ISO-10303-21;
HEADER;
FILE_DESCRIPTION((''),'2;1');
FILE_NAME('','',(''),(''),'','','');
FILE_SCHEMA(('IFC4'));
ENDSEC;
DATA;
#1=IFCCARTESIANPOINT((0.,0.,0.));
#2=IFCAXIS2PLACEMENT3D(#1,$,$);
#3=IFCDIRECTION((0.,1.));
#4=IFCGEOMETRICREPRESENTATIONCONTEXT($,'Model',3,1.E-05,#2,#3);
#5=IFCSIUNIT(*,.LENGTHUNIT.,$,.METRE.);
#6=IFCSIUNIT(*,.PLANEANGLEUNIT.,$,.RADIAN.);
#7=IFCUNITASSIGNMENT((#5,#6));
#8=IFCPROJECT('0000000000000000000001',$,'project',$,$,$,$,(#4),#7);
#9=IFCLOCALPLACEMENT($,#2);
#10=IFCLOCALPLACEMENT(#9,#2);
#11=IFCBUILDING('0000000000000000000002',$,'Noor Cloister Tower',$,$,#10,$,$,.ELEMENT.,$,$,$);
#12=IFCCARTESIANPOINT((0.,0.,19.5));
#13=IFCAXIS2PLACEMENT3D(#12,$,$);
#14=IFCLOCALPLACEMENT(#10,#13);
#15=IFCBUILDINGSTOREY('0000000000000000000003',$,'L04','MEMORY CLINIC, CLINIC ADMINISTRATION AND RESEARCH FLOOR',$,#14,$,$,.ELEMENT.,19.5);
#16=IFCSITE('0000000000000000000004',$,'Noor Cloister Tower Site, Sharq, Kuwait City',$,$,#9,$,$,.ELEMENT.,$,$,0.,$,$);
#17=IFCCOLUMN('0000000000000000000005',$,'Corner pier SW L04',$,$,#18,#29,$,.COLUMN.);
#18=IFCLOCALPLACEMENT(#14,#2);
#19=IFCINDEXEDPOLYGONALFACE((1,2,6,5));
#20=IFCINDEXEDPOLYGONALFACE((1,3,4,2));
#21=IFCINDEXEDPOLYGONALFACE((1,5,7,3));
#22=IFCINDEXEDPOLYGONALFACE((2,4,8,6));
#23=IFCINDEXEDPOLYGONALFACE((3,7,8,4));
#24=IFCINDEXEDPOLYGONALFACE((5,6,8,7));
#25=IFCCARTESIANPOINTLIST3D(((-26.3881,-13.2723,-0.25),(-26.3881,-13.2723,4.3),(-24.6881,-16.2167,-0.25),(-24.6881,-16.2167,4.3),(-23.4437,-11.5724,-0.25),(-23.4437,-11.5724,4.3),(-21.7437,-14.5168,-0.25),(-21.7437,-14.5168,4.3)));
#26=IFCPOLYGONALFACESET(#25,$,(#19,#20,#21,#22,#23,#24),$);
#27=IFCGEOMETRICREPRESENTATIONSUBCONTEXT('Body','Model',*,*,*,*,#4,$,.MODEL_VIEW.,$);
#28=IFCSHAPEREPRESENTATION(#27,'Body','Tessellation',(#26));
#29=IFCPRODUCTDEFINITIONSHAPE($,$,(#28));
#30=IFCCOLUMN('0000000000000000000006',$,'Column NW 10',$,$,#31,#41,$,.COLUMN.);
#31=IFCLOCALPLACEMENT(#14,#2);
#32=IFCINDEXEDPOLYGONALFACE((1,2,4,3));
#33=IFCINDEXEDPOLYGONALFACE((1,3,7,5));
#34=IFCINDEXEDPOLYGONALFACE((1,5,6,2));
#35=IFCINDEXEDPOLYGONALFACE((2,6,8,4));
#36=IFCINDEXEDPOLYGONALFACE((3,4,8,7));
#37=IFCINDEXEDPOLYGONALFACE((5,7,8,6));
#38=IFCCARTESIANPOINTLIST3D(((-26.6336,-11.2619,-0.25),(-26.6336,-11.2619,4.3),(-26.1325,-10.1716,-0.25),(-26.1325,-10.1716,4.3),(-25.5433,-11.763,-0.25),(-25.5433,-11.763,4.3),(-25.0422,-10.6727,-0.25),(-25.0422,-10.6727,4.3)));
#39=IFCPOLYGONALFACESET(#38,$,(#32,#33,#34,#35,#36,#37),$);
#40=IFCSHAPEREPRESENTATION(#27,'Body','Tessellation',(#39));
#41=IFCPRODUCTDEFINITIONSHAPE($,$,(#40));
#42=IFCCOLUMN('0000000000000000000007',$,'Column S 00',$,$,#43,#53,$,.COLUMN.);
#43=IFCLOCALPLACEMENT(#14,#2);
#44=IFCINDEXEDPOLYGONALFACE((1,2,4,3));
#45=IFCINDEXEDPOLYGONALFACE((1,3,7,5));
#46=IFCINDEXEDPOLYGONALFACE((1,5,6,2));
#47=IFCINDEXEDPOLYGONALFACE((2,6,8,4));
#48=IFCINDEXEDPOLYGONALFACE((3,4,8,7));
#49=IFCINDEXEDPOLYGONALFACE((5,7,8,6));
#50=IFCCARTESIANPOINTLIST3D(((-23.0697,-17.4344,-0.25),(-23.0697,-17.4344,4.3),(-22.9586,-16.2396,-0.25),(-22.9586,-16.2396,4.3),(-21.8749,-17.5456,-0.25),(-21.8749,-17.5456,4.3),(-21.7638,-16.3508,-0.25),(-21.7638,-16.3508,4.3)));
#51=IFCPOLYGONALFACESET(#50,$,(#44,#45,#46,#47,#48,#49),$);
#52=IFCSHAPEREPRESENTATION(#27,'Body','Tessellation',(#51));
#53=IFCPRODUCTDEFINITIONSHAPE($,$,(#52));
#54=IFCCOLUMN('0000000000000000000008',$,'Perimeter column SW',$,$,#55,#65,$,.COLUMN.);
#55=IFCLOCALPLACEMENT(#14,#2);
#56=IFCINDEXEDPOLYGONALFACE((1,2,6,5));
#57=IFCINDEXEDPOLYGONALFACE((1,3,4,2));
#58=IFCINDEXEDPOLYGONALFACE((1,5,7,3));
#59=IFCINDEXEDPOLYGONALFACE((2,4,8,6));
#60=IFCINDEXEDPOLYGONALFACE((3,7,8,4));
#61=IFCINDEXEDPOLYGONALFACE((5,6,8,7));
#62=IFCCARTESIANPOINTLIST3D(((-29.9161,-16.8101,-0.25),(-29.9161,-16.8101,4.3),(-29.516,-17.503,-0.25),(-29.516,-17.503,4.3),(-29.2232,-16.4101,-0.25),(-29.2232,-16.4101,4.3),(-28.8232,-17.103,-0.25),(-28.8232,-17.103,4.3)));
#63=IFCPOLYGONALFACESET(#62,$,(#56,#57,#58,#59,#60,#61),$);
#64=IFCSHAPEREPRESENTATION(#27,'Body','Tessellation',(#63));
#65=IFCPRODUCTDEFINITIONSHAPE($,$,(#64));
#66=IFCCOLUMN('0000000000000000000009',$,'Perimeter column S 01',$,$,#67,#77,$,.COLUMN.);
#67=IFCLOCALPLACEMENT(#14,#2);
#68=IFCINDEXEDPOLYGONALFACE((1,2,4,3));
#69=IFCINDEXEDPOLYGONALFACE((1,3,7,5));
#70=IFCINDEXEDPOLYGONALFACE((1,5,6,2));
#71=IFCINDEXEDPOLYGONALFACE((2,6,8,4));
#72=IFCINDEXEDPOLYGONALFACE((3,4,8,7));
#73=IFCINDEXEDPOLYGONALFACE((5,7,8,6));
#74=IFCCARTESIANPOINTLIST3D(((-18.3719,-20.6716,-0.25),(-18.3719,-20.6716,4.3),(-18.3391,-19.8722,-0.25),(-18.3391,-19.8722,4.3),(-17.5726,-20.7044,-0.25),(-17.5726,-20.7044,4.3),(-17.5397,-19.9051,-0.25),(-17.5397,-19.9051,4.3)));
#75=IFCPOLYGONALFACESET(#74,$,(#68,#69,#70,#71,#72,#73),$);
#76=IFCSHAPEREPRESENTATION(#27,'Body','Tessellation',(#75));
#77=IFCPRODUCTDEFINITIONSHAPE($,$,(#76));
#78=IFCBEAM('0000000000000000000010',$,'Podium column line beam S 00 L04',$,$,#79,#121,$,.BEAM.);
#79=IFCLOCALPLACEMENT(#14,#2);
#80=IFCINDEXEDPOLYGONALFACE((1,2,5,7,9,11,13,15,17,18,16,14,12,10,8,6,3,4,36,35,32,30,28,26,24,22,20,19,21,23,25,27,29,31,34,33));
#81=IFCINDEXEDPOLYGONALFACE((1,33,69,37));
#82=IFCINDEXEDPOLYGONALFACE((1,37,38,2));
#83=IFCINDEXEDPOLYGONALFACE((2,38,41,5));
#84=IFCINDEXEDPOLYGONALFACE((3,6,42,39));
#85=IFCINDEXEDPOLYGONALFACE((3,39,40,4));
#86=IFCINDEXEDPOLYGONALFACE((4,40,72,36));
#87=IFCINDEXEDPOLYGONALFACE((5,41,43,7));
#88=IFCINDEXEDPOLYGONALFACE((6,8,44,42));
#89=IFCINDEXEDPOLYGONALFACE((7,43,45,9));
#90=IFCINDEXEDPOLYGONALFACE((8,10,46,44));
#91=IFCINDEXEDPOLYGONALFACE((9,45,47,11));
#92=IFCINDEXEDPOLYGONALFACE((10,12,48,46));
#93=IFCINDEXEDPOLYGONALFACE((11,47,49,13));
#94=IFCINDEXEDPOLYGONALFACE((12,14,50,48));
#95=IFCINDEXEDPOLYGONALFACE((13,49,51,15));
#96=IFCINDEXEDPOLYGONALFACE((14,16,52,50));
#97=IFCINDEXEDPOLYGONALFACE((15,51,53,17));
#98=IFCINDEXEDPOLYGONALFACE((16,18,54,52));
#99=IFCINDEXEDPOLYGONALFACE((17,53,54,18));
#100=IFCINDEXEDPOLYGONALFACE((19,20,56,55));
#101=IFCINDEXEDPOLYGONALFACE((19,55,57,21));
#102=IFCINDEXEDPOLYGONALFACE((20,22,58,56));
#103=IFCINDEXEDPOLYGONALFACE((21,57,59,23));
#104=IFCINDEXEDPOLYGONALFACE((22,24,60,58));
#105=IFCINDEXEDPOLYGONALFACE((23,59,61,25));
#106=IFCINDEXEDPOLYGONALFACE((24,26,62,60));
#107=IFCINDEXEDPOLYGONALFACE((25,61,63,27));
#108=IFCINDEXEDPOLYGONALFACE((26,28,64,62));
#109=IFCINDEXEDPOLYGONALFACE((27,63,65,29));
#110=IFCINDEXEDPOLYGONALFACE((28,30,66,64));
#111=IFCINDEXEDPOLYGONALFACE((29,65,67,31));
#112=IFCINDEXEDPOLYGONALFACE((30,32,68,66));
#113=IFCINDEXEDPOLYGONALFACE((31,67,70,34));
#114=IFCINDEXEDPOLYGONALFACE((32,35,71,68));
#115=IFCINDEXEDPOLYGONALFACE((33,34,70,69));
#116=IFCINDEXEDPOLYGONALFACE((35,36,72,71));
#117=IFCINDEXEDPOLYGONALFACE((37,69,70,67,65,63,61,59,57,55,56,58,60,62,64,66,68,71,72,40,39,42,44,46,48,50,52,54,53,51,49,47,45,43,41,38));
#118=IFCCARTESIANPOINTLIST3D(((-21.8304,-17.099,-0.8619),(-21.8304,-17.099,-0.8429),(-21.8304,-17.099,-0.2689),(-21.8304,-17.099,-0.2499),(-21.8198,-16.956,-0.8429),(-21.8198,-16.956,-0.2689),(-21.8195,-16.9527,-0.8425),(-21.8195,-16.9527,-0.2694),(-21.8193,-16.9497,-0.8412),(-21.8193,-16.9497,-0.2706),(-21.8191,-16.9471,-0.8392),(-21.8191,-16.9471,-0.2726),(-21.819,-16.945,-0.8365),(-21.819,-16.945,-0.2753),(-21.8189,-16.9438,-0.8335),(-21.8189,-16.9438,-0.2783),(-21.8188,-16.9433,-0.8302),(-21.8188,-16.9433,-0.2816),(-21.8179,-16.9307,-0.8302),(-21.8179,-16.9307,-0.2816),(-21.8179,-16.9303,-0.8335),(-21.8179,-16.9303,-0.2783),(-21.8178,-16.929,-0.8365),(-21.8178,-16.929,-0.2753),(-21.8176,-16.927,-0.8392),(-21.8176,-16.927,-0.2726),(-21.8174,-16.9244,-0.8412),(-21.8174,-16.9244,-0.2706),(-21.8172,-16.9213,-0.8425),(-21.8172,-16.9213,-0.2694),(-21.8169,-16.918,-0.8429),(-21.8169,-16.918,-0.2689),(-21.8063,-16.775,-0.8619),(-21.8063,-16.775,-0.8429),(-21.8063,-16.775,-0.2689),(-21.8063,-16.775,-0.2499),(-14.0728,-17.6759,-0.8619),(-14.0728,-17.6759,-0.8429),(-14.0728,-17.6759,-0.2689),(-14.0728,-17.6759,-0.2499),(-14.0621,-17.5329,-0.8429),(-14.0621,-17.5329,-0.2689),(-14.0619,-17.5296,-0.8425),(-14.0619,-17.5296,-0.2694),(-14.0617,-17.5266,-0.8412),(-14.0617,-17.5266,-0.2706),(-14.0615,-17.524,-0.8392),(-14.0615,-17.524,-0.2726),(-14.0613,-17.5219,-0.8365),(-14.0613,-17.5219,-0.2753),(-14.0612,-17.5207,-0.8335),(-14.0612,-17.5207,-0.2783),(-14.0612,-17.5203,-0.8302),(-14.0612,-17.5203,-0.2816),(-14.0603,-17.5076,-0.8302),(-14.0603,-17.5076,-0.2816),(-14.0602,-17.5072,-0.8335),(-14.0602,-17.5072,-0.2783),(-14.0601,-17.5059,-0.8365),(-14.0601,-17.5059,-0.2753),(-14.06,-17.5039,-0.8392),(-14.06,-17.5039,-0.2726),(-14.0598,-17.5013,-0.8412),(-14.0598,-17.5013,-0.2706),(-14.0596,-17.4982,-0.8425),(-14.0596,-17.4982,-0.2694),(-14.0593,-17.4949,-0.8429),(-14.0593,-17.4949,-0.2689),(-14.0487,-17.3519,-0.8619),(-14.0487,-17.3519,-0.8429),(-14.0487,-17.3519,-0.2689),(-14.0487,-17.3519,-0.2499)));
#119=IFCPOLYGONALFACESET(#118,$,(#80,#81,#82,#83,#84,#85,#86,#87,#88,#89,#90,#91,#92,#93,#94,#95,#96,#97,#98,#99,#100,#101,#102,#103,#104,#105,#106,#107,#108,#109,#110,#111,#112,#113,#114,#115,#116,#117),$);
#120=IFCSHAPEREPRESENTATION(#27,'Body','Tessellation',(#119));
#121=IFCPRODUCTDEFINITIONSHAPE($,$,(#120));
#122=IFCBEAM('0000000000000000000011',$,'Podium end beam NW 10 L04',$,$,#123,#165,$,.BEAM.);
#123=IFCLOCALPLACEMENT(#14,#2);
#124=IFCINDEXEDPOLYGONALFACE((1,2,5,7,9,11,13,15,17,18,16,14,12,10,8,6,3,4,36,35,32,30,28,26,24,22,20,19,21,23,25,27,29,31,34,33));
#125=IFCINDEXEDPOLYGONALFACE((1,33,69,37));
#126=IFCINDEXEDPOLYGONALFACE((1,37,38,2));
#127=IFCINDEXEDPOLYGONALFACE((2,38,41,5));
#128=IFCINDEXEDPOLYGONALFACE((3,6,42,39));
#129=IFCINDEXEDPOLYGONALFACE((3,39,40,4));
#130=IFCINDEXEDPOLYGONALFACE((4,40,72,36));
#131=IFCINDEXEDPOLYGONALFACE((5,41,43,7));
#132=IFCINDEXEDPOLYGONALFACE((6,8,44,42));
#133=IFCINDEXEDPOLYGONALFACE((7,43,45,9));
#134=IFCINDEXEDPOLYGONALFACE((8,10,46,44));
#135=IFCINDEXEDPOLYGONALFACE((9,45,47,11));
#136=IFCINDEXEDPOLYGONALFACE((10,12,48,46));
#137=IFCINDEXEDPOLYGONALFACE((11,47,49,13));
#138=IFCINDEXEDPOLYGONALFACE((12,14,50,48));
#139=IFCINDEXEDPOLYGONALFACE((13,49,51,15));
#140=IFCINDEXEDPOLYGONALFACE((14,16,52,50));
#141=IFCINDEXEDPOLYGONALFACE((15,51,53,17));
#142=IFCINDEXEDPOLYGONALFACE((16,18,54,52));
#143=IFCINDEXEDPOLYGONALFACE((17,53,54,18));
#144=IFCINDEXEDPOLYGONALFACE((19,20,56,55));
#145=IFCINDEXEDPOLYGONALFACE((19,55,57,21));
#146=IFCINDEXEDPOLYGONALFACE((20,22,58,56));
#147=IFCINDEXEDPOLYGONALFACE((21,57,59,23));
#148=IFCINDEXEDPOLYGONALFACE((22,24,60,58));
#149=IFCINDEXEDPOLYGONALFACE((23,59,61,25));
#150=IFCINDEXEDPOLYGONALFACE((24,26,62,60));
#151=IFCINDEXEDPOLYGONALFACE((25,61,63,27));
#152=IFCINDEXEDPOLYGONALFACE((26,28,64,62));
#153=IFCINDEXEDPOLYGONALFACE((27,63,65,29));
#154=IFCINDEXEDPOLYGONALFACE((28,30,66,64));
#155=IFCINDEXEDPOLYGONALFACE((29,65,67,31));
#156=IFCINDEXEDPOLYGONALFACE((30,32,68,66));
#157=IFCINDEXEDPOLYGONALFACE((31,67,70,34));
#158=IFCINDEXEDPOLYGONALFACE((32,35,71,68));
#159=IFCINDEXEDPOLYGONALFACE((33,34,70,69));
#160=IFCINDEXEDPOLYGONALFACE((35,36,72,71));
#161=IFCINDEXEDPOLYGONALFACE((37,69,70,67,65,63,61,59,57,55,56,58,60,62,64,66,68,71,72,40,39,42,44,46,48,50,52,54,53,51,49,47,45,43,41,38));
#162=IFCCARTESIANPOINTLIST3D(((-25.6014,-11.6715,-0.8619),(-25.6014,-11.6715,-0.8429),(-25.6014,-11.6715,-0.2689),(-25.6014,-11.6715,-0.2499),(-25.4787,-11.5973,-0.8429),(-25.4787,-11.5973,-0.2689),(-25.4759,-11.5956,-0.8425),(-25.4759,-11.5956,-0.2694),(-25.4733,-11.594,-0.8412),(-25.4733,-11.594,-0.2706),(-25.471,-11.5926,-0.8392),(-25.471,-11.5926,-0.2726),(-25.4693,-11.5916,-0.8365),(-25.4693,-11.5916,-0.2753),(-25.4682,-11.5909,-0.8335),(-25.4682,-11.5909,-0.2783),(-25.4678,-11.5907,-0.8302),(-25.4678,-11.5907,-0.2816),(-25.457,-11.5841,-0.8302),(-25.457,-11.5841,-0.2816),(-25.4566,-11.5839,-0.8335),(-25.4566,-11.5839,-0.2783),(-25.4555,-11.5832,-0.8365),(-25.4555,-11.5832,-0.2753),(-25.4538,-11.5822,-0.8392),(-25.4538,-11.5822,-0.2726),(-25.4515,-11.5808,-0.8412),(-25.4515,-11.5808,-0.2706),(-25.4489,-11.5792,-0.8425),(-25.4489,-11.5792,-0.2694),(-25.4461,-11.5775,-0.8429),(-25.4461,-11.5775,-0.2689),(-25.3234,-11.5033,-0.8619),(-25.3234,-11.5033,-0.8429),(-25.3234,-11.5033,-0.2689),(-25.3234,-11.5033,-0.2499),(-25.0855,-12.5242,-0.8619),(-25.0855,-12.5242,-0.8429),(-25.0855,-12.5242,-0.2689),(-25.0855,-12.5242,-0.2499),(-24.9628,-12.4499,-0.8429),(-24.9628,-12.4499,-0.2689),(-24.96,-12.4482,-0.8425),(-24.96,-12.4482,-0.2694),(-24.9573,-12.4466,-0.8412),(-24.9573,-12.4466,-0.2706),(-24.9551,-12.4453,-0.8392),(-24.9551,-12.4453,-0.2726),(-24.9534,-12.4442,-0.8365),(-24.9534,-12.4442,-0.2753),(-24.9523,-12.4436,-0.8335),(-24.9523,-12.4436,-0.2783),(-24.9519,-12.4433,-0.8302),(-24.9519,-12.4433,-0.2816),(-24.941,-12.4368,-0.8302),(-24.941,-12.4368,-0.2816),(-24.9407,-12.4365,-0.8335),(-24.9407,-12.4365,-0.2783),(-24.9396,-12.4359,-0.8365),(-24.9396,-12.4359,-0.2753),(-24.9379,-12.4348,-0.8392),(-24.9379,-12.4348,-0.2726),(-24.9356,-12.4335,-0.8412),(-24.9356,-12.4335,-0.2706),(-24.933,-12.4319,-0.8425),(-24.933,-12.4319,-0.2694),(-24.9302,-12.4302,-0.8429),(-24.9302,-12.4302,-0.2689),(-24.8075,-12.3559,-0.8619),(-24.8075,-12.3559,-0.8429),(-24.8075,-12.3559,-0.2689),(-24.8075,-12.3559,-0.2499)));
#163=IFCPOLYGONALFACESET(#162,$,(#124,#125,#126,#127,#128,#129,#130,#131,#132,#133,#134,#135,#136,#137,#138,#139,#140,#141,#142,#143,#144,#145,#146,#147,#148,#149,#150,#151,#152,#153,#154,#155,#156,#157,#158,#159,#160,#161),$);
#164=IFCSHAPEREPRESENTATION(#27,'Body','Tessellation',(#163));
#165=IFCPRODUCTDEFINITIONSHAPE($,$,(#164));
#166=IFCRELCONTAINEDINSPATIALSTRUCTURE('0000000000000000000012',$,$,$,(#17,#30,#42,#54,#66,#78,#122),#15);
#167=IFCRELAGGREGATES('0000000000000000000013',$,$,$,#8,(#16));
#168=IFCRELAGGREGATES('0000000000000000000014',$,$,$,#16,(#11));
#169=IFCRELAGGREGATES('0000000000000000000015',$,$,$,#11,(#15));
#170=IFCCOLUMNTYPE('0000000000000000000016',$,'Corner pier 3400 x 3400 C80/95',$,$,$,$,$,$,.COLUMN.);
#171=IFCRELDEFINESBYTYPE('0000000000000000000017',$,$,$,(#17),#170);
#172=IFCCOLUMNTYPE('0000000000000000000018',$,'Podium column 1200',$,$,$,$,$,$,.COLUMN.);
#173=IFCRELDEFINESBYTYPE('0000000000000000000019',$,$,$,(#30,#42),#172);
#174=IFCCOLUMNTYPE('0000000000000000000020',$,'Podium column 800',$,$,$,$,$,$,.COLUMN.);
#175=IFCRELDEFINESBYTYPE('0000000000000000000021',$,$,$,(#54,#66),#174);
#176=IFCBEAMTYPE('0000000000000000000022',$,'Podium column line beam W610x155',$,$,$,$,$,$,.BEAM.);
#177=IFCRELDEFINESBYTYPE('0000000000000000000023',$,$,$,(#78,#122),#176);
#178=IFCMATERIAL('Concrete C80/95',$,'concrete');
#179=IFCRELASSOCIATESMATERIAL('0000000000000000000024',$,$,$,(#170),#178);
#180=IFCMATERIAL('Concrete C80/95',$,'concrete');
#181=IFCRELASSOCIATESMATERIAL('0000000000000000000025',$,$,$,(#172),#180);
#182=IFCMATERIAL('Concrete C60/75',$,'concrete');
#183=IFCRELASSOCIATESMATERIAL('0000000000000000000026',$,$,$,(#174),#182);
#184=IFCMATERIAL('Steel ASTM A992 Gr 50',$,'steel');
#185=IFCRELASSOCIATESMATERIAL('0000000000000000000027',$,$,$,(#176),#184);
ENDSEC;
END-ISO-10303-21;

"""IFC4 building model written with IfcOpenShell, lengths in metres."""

from ifc_helpers import new_model, si_unit, direction, frame, origin, origin_2d, place, context, subcontext, project, spatial, rectangle, i_section, extrude, material, material_profile, profile_set, type_object, element, save


model = new_model("IFC4")

# Units and contexts
model_context = context("Model", 3, precision=1e-05, world=origin(), true_north=direction((0.0, 1.0)))
body_context = subcontext(model_context, "Body", "Model", "MODEL_VIEW")
ifc_project = project(units=[si_unit("LENGTHUNIT", "METRE"), si_unit("PLANEANGLEUNIT", "RADIAN")], contexts=[model_context])

# Site, building, storey
site_placement = place(None, origin())
site = spatial("IfcSite", under=ifc_project, at=site_placement, Name="Noor Cloister Tower Site, Sharq, Kuwait City", CompositionType="ELEMENT", RefElevation=0.0)
building_placement = place(site_placement, origin())
building = spatial("IfcBuilding", under=site, at=building_placement, Name="Noor Cloister Tower", CompositionType="ELEMENT")
storey_placement = place(building_placement, frame((0.0, 0.0, 19.5)))
storey = spatial("IfcBuildingStorey", under=building, at=storey_placement, Name="L04", Description="MEMORY CLINIC, CLINIC ADMINISTRATION AND RESEARCH FLOOR", CompositionType="ELEMENT", Elevation=19.5)

# Columns
ifc_material_1 = material(Name="Concrete C80/95", Category="concrete")
ifc_material_profile_1 = material_profile(ifc_material_1, rectangle(XDim=3.3999, YDim=3.3999, at=origin_2d()), Name="RC 3400x3400")
ifc_profile_set_1 = profile_set([ifc_material_profile_1], Name="Concrete C80/95")
column_type_1 = type_object("IfcColumnType", Name="Corner pier 3400 x 3400 C80/95", PredefinedType="COLUMN", material=ifc_profile_set_1)
column_placement = place(storey_placement, frame((-24.0659, -13.8945, -0.25), z_axis=(0.0, 0.0, 1.0), x_axis=(-0.866025, -0.5, 0.0)))
element("IfcColumn", 1, at=column_placement, inside=storey, type_object=column_type_1, Name="Corner pier SW L04", PredefinedType="COLUMN", context=body_context, shape_type="SweptSolid", body=[
    extrude(rectangle(XDim=3.3999, YDim=3.3999, at=origin_2d()), origin(), (0.0, 0.0, 1.0), 4.55),
])
ifc_material_2 = material(Name="Concrete C80/95", Category="concrete")
ifc_material_profile_2 = material_profile(ifc_material_2, rectangle(XDim=1.2, YDim=1.2, at=origin_2d()), Name="Podium column 1200")
ifc_profile_set_2 = profile_set([ifc_material_profile_2], Name="Concrete C80/95")
column_type_2 = type_object("IfcColumnType", Name="Podium column 1200", PredefinedType="COLUMN", material=ifc_profile_set_2)
for number, where, z_axis, x_axis, name in (
    (2, (-25.8379, -10.9673, -0.25), (0.0, 0.0, 1.0), (-0.90862, 0.417624, 0.0), "Column NW 10"),
    (3, (-22.4167, -16.8926, -0.25), (0.0, 0.0, 1.0), (-0.092636, -0.9957, 0.0), "Column S 00"),
):
    element("IfcColumn", number, at=place(storey_placement, frame(where, z_axis=z_axis, x_axis=x_axis)), inside=storey, type_object=column_type_2, Name=name, PredefinedType="COLUMN", context=body_context, shape_type="SweptSolid", body=[
        extrude(rectangle(XDim=1.2, YDim=1.2, at=origin_2d()), origin(), (0.0, 0.0, 1.0), 4.55),
    ])
ifc_material_3 = material(Name="Concrete C60/75", Category="concrete")
ifc_material_profile_3 = material_profile(ifc_material_3, rectangle(XDim=0.8, YDim=0.8, at=origin_2d()), Name="Podium column 800")
ifc_profile_set_3 = profile_set([ifc_material_profile_3], Name="Concrete C60/75")
column_type_3 = type_object("IfcColumnType", Name="Podium column 800", PredefinedType="COLUMN", material=ifc_profile_set_3)
for number, where, z_axis, x_axis, name in (
    (4, (-29.3696, -16.9565, -0.25), (0.0, 0.0, 1.0), (-0.866025, -0.5, 0.0), "Perimeter column SW"),
    (5, (-17.9558, -20.2883, -0.25), (0.0, 0.0, 1.0), (-0.041066, -0.999156, 0.0), "Perimeter column S 01"),
):
    element("IfcColumn", number, at=place(storey_placement, frame(where, z_axis=z_axis, x_axis=x_axis)), inside=storey, type_object=column_type_3, Name=name, PredefinedType="COLUMN", context=body_context, shape_type="SweptSolid", body=[
        extrude(rectangle(XDim=0.8, YDim=0.8, at=origin_2d()), origin(), (0.0, 0.0, 1.0), 4.55),
    ])

# Beams
ifc_material_4 = material(Name="Steel ASTM A992 Gr 50", Category="steel")
ifc_material_profile_4 = material_profile(ifc_material_4, i_section(OverallWidth=0.325, OverallDepth=0.6121, WebThickness=0.0127, FlangeThickness=0.019, FilletRadius=0.0127, at=origin_2d()), Name="W610x155")
ifc_profile_set_4 = profile_set([ifc_material_profile_4], Name="Steel ASTM A992 Gr 50")
beam_type_1 = type_object("IfcBeamType", Name="Podium column line beam W610x155", PredefinedType="BEAM", material=ifc_profile_set_4)
beam_1_placement = place(storey_placement, frame((-21.8184, -16.937, -0.5559), z_axis=(0.997246, -0.074162, 0.0), x_axis=(0.074162, 0.997246, 0.0)))
element("IfcBeam", 6, at=beam_1_placement, inside=storey, type_object=beam_type_1, Name="Podium column line beam S 00 L04", PredefinedType="BEAM", context=body_context, shape_type="SweptSolid", body=[
    extrude(i_section(OverallWidth=0.325, OverallDepth=0.6121, WebThickness=0.0127, FlangeThickness=0.019, FilletRadius=0.0127, at=origin_2d()), origin(), (0.0, 0.0, 1.0), 7.7791),
])
for number, where, z_axis, x_axis, name in (
    (7, (-25.4624, -11.5874, -0.5559), (0.517699, -0.855563, 0.0), (0.855563, 0.517699, 0.0), "Podium end beam NW 10 L04"),
):
    element("IfcBeam", number, at=place(storey_placement, frame(where, z_axis=z_axis, x_axis=x_axis)), inside=storey, type_object=beam_type_1, Name=name, PredefinedType="BEAM", context=body_context, shape_type="SweptSolid", body=[
        extrude(i_section(OverallWidth=0.325, OverallDepth=0.6121, WebThickness=0.0127, FlangeThickness=0.019, FilletRadius=0.0127, at=origin_2d()), origin(), (0.0, 0.0, 1.0), 0.9966),
    ])

save(model, "model.ifc")
